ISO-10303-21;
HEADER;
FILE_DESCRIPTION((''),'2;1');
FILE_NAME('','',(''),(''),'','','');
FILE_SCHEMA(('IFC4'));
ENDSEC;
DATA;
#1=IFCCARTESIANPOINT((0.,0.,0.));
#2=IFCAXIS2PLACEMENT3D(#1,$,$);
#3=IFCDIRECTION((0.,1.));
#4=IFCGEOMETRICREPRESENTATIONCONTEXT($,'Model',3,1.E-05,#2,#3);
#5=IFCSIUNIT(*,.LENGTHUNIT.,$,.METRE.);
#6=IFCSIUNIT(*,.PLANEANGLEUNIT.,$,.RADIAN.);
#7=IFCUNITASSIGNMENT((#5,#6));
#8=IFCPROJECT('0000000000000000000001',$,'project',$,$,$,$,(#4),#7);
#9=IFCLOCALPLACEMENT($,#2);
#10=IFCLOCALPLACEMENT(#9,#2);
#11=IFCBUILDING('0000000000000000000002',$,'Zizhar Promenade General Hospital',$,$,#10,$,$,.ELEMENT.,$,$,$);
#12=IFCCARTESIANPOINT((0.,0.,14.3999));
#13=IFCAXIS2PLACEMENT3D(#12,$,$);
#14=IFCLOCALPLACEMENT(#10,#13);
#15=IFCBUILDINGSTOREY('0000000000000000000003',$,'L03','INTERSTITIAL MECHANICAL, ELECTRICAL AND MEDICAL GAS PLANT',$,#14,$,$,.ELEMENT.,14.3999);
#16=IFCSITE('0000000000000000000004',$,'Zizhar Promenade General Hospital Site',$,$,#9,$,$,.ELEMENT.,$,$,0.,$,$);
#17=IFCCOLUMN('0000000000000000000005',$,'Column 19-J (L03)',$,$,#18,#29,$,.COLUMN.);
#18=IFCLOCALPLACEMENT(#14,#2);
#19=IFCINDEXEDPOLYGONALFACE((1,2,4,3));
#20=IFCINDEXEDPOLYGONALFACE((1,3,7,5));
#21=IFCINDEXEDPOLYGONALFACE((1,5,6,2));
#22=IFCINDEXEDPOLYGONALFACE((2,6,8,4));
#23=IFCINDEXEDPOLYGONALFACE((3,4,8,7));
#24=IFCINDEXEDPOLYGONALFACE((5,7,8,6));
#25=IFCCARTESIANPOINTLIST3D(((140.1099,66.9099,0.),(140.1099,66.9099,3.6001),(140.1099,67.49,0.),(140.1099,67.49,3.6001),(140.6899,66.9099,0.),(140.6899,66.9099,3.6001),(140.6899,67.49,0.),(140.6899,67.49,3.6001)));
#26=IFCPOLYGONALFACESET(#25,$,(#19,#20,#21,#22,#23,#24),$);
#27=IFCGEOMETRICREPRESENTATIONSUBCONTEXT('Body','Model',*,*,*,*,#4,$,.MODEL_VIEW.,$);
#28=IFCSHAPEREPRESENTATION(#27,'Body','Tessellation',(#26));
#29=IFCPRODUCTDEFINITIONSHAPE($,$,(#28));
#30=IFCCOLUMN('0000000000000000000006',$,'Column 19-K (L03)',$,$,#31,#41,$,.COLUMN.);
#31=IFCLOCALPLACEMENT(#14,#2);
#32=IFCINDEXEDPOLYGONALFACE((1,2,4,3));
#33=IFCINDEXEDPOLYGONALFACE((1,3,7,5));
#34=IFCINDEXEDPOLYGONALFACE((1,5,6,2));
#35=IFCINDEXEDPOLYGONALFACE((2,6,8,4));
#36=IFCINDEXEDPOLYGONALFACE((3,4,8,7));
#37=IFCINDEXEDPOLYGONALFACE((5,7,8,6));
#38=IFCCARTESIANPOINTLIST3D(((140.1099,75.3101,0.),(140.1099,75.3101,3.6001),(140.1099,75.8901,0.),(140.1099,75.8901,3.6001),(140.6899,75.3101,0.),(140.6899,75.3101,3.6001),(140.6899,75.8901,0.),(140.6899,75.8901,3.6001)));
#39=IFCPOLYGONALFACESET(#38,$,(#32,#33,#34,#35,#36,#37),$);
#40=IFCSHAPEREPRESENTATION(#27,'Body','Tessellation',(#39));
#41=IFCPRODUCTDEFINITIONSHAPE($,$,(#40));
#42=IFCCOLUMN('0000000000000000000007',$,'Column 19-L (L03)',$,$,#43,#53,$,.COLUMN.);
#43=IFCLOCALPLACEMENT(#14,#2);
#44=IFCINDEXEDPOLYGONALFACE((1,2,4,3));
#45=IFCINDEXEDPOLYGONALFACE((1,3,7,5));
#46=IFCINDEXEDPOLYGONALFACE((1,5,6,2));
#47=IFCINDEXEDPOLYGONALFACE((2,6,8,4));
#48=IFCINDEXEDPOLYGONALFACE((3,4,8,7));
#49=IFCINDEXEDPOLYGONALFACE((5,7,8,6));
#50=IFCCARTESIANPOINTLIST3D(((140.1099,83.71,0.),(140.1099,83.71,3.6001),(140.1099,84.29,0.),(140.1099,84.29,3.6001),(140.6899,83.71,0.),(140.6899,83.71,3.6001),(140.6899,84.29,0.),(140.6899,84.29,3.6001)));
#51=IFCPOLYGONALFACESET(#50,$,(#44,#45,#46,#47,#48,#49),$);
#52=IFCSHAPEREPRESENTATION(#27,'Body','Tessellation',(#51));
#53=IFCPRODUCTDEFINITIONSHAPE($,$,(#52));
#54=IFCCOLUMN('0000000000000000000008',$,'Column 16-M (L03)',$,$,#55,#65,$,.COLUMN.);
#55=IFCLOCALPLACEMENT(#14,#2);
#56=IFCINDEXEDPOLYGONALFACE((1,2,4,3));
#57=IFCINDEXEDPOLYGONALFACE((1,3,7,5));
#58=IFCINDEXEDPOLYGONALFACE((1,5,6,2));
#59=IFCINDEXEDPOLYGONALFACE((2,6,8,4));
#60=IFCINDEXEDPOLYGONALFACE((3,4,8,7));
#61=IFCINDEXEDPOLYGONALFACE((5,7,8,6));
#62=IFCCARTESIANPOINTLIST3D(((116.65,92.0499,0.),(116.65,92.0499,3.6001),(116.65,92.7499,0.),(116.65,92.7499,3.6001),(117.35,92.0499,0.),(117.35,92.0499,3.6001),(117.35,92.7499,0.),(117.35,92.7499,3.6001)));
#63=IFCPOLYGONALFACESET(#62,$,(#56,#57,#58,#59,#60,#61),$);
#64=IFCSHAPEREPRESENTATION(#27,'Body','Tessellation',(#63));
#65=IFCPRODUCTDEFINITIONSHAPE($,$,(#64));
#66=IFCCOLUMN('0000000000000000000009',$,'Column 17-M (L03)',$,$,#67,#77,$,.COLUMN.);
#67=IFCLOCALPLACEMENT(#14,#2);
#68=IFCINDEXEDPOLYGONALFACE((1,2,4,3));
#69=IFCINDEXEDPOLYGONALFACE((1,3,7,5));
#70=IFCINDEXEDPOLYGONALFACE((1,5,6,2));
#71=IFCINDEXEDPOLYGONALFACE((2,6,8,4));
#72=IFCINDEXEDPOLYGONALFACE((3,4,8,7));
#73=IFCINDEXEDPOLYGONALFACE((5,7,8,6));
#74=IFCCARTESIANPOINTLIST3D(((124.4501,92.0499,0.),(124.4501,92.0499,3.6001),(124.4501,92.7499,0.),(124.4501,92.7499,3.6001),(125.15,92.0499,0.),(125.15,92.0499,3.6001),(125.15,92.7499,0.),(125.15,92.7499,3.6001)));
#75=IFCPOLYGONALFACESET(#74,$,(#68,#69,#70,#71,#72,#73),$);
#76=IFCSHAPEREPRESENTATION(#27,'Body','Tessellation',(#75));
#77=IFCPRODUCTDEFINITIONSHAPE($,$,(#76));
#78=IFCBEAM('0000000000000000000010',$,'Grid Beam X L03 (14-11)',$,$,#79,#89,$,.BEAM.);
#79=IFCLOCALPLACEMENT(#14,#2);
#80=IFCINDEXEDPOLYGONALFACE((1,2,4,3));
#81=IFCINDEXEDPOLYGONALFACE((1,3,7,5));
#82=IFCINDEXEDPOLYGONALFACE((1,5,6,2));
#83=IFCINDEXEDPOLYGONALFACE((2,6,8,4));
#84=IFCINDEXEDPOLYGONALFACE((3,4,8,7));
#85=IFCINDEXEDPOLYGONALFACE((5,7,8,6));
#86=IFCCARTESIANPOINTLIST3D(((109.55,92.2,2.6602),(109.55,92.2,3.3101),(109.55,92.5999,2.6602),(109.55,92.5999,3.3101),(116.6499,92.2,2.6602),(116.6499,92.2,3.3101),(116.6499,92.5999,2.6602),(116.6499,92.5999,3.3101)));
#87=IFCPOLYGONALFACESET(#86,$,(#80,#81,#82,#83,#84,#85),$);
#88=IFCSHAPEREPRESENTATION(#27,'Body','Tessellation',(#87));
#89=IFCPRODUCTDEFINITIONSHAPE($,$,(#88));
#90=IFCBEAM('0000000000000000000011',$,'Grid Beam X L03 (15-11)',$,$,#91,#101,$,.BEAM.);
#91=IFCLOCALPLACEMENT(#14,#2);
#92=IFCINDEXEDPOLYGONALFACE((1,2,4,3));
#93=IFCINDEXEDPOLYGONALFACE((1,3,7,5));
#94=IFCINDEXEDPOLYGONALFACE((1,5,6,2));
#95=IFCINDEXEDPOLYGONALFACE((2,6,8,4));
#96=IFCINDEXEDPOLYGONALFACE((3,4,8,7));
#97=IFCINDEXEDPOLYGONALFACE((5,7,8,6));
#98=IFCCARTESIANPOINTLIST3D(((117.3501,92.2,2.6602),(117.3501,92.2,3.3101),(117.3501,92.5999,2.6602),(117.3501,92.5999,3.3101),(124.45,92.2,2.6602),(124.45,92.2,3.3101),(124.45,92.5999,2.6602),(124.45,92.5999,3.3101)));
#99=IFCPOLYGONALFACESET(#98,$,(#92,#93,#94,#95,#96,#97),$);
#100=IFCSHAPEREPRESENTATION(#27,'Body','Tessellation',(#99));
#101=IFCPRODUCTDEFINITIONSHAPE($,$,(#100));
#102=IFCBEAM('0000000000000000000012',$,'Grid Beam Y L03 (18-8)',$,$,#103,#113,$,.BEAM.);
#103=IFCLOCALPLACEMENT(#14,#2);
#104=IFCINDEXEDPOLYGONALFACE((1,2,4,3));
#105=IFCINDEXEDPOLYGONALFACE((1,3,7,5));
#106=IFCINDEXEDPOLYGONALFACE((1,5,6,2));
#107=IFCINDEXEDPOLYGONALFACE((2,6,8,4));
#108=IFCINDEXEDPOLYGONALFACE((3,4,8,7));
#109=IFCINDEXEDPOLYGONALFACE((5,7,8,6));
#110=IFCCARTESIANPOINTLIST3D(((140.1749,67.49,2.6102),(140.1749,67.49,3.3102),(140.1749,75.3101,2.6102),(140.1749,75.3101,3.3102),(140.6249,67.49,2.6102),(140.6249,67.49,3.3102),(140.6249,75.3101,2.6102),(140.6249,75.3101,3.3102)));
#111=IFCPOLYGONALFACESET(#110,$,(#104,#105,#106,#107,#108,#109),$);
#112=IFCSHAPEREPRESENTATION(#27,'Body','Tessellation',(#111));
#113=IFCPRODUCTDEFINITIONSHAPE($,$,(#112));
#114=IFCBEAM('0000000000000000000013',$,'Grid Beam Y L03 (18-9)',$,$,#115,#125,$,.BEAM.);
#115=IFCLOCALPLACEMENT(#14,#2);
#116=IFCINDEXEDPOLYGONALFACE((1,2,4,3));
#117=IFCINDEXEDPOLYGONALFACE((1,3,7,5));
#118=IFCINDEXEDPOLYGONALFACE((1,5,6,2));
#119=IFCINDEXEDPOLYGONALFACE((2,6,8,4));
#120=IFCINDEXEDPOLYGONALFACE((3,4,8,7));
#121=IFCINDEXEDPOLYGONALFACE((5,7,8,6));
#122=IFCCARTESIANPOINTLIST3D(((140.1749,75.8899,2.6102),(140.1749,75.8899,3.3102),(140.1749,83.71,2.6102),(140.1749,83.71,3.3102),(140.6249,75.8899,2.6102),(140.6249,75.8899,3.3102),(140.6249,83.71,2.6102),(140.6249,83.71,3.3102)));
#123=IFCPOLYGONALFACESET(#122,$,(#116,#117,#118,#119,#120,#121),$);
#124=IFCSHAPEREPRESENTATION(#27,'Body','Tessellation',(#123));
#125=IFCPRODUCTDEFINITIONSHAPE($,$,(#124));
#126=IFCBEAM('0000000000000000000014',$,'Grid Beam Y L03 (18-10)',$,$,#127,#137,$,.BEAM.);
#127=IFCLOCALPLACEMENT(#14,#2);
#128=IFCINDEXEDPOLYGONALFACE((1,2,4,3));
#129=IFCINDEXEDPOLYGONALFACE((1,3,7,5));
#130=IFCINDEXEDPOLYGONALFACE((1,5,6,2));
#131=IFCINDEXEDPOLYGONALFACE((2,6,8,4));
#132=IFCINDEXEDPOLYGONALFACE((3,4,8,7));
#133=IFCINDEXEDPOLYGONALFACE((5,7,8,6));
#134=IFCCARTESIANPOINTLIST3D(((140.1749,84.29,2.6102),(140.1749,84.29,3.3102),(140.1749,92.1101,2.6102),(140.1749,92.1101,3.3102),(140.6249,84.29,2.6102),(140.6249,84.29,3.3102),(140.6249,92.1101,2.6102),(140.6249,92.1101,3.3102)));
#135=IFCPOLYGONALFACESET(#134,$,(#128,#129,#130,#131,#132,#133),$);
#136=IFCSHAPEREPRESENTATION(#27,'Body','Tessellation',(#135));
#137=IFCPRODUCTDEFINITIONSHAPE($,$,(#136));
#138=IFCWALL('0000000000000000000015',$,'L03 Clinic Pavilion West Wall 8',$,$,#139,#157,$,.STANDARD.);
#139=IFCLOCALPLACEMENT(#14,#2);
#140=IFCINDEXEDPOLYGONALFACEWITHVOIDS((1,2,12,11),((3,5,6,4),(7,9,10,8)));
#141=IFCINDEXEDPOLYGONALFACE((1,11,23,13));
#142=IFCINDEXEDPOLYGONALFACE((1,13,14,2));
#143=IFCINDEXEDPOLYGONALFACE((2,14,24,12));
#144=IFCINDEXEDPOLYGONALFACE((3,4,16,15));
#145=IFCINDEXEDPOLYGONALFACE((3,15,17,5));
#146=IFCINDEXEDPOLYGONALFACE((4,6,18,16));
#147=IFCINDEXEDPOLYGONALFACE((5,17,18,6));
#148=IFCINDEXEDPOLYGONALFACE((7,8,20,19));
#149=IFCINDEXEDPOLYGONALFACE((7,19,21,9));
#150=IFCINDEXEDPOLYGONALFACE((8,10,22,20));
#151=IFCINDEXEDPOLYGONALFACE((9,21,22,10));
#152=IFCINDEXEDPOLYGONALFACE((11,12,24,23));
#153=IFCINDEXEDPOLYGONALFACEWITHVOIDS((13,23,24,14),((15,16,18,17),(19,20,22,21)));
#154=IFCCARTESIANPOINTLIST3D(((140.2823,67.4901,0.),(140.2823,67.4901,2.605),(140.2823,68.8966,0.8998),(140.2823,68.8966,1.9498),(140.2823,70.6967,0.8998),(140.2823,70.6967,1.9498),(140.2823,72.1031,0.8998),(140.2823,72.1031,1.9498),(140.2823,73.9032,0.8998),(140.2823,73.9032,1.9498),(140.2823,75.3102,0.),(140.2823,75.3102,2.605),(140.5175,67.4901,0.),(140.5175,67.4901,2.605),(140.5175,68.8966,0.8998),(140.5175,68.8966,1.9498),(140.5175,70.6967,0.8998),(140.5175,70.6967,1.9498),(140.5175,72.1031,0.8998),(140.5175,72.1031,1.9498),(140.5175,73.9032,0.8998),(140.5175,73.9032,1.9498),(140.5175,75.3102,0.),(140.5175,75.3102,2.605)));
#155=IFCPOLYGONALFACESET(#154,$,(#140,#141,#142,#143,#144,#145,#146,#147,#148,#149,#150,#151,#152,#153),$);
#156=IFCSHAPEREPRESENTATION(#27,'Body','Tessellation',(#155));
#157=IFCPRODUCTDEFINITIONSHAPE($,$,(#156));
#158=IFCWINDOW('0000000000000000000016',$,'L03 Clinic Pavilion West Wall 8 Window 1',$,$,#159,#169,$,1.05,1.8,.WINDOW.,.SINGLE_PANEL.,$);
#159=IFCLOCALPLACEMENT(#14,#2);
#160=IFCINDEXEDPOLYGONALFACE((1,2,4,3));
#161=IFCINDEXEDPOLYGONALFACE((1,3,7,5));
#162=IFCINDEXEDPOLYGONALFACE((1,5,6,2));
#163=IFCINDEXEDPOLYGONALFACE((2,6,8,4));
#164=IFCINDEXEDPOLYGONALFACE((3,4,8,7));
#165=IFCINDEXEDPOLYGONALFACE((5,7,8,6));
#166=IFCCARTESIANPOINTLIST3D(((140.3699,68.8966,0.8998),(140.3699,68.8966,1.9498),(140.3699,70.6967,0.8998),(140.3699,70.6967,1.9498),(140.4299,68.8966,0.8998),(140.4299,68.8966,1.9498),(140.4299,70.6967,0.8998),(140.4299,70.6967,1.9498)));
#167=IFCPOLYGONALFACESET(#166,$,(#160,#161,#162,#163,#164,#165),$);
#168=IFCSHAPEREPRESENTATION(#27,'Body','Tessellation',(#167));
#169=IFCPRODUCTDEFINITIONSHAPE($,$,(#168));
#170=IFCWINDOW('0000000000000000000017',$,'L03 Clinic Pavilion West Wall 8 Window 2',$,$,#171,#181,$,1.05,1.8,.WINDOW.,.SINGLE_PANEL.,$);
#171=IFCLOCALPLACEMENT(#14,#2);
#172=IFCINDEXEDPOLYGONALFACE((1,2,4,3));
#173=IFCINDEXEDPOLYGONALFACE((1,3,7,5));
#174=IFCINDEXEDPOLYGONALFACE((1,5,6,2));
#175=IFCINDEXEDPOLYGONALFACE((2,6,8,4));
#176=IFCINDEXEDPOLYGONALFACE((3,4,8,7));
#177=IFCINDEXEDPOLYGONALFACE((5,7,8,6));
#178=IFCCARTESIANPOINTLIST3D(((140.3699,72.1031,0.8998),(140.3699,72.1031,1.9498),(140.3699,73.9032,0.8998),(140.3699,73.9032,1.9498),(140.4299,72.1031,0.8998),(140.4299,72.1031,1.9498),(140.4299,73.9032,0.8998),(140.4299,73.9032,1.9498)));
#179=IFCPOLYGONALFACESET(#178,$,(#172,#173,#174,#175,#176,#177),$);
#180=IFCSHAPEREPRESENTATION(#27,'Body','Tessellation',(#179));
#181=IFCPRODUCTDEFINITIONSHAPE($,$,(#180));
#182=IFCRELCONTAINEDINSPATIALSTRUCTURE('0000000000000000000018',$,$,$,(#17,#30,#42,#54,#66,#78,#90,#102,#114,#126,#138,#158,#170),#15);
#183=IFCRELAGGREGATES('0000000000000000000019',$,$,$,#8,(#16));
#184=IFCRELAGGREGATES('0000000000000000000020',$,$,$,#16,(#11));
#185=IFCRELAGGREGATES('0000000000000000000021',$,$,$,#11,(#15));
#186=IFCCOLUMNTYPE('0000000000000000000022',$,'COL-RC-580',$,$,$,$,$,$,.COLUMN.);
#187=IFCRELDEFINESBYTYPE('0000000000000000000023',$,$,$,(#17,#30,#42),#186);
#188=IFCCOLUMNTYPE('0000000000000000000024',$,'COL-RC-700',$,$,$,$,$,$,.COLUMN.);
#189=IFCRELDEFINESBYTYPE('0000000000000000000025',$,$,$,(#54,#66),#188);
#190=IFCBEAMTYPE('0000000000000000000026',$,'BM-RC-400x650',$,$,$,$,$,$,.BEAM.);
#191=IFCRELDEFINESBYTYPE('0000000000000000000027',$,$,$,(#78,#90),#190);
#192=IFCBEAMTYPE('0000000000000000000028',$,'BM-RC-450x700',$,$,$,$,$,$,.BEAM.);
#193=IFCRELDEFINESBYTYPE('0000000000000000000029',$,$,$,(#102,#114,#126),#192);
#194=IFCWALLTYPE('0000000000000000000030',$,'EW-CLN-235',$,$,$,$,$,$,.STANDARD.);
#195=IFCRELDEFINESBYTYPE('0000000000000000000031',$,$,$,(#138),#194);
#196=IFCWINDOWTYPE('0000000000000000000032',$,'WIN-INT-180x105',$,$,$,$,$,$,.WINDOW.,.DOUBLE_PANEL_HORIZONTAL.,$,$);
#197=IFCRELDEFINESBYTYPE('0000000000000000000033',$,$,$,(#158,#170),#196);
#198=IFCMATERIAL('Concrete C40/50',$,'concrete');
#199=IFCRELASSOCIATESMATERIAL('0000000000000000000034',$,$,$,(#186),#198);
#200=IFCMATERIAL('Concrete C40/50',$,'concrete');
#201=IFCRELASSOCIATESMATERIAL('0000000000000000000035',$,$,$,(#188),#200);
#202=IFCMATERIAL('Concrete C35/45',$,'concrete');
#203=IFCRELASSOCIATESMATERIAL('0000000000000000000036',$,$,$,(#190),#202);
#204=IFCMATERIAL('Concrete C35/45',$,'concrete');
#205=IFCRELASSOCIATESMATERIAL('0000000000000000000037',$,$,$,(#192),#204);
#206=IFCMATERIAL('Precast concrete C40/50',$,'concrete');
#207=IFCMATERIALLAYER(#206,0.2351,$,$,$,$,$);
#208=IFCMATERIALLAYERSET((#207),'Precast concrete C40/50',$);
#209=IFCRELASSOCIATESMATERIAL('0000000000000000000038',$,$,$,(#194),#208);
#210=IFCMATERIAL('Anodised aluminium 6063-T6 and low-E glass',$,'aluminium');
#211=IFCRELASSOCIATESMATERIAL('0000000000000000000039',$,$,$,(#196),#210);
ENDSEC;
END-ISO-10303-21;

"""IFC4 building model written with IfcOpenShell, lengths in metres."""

from ifc_helpers import new_model, si_unit, direction, frame, frame_2d, origin, origin_2d, place, context, subcontext, project, spatial, rectangle, extrude, material, layer, layer_set, material_profile, profile_set, type_object, element, fill, save


model = new_model("IFC4")

# Units and contexts
model_context = context("Model", 3, precision=1e-05, world=origin(), true_north=direction((0.0, 1.0)))
body_context = subcontext(model_context, "Body", "Model", "MODEL_VIEW")
ifc_project = project(units=[si_unit("LENGTHUNIT", "METRE"), si_unit("PLANEANGLEUNIT", "RADIAN")], contexts=[model_context])

# Site, building, storey
site_placement = place(None, origin())
site = spatial("IfcSite", under=ifc_project, at=site_placement, Name="Zizhar Promenade General Hospital Site", CompositionType="ELEMENT", RefElevation=0.0)
building_placement = place(site_placement, origin())
building = spatial("IfcBuilding", under=site, at=building_placement, Name="Zizhar Promenade General Hospital", CompositionType="ELEMENT")
storey_placement = place(building_placement, frame((0.0, 0.0, 14.3999)))
storey = spatial("IfcBuildingStorey", under=building, at=storey_placement, Name="L03", Description="INTERSTITIAL MECHANICAL, ELECTRICAL AND MEDICAL GAS PLANT", CompositionType="ELEMENT", Elevation=14.3999)

# Columns
ifc_material_1 = material(Name="Concrete C40/50", Category="concrete")
ifc_material_profile_1 = material_profile(ifc_material_1, rectangle(XDim=0.5801, YDim=0.5801, at=origin_2d()))
ifc_profile_set_1 = profile_set([ifc_material_profile_1], Name="Concrete C40/50")
column_type_1 = type_object("IfcColumnType", Name="COL-RC-580", PredefinedType="COLUMN", material=ifc_profile_set_1)
for number, where, z_axis, x_axis, name in (
    (1, (140.3999, 67.2, 0.0), (0.0, 0.0, 1.0), (1.0, 0.0, 0.0), "Column 19-J (L03)"),
    (2, (140.3999, 75.6001, 0.0), (0.0, 0.0, 1.0), (1.0, 0.0, 0.0), "Column 19-K (L03)"),
    (3, (140.3999, 84.0, 0.0), (0.0, 0.0, 1.0), (1.0, 0.0, 0.0), "Column 19-L (L03)"),
):
    element("IfcColumn", number, at=place(storey_placement, frame(where, z_axis=z_axis, x_axis=x_axis)), inside=storey, type_object=column_type_1, Name=name, PredefinedType="COLUMN", context=body_context, shape_type="SweptSolid", body=[
        extrude(rectangle(XDim=0.5801, YDim=0.5801, at=origin_2d()), origin(), (0.0, 0.0, 1.0), 3.6001),
    ])
ifc_material_2 = material(Name="Concrete C40/50", Category="concrete")
ifc_material_profile_2 = material_profile(ifc_material_2, rectangle(XDim=0.7, YDim=0.7, at=origin_2d()))
ifc_profile_set_2 = profile_set([ifc_material_profile_2], Name="Concrete C40/50")
column_type_2 = type_object("IfcColumnType", Name="COL-RC-700", PredefinedType="COLUMN", material=ifc_profile_set_2)
for number, where, z_axis, x_axis, name in (
    (4, (117.0, 92.3999, 0.0), (0.0, 0.0, 1.0), (1.0, 0.0, 0.0), "Column 16-M (L03)"),
    (5, (124.8, 92.3999, 0.0), (0.0, 0.0, 1.0), (1.0, 0.0, 0.0), "Column 17-M (L03)"),
):
    element("IfcColumn", number, at=place(storey_placement, frame(where, z_axis=z_axis, x_axis=x_axis)), inside=storey, type_object=column_type_2, Name=name, PredefinedType="COLUMN", context=body_context, shape_type="SweptSolid", body=[
        extrude(rectangle(XDim=0.7, YDim=0.7, at=origin_2d()), origin(), (0.0, 0.0, 1.0), 3.6001),
    ])

# Beams
ifc_material_3 = material(Name="Concrete C35/45", Category="concrete")
ifc_material_profile_3 = material_profile(ifc_material_3, rectangle(XDim=0.3999, YDim=0.6499, at=origin_2d()))
ifc_profile_set_3 = profile_set([ifc_material_profile_3], Name="Concrete C35/45")
beam_type_1 = type_object("IfcBeamType", Name="BM-RC-400x650", PredefinedType="BEAM", material=ifc_profile_set_3)
for number, where, z_axis, x_axis, name in (
    (6, (109.55, 92.3999, 2.9851), (1.0, 0.0, 0.0), (0.0, 1.0, 0.0), "Grid Beam X L03 (14-11)"),
    (7, (117.3501, 92.3999, 2.9851), (1.0, 0.0, 0.0), (0.0, 1.0, 0.0), "Grid Beam X L03 (15-11)"),
):
    element("IfcBeam", number, at=place(storey_placement, frame(where, z_axis=z_axis, x_axis=x_axis)), inside=storey, type_object=beam_type_1, Name=name, PredefinedType="BEAM", context=body_context, shape_type="SweptSolid", body=[
        extrude(rectangle(XDim=0.3999, YDim=0.6499, at=origin_2d()), origin(), (0.0, 0.0, 1.0), 7.0999),
    ])
ifc_material_4 = material(Name="Concrete C35/45", Category="concrete")
ifc_material_profile_4 = material_profile(ifc_material_4, rectangle(XDim=0.45, YDim=0.7, at=origin_2d()))
ifc_profile_set_4 = profile_set([ifc_material_profile_4], Name="Concrete C35/45")
beam_type_2 = type_object("IfcBeamType", Name="BM-RC-450x700", PredefinedType="BEAM", material=ifc_profile_set_4)
for number, where, z_axis, x_axis, name in (
    (8, (140.3999, 67.49, 2.9602), (0.0, 1.0, 0.0), (-1.0, 0.0, 0.0), "Grid Beam Y L03 (18-8)"),
    (9, (140.3999, 75.8899, 2.9602), (0.0, 1.0, 0.0), (-1.0, 0.0, 0.0), "Grid Beam Y L03 (18-9)"),
    (10, (140.3999, 84.29, 2.9602), (0.0, 1.0, 0.0), (-1.0, 0.0, 0.0), "Grid Beam Y L03 (18-10)"),
):
    element("IfcBeam", number, at=place(storey_placement, frame(where, z_axis=z_axis, x_axis=x_axis)), inside=storey, type_object=beam_type_2, Name=name, PredefinedType="BEAM", context=body_context, shape_type="SweptSolid", body=[
        extrude(rectangle(XDim=0.45, YDim=0.7, at=origin_2d()), origin(), (0.0, 0.0, 1.0), 7.8201),
    ])

# Wall, openings, windows
ifc_material_5 = material(Name="Precast concrete C40/50", Category="concrete")
ifc_layer_1 = layer(ifc_material_5, 0.2351)
ifc_layer_set_1 = layer_set([ifc_layer_1], Name="Precast concrete C40/50")
wall_type_1 = type_object("IfcWallType", Name="EW-CLN-235", PredefinedType="STANDARD", material=ifc_layer_set_1)
wall_1_placement = place(storey_placement, frame((140.3999, 67.49, 0.0), z_axis=(0.0, 0.0, 1.0), x_axis=(0.0, 1.0, 0.0)))
wall_1 = element("IfcWall", 11, at=wall_1_placement, inside=storey, type_object=wall_type_1, Name="L03 Clinic Pavilion West Wall 8", PredefinedType="STANDARD", context=body_context, shape_type="SweptSolid", body=[
    extrude(rectangle(XDim=7.8201, YDim=0.2351, at=frame_2d((3.9102, 0.0))), origin(), (0.0, 0.0, 1.0), 2.605),
])
opening_1_placement = place(wall_1_placement, frame((1.4067, 0.0, 0.8999)))
opening_1 = element("IfcOpeningElement", 12, at=opening_1_placement, cuts=wall_1, PredefinedType="OPENING", context=body_context, shape_type="SweptSolid", body=[
    extrude(rectangle(XDim=1.8, YDim=1.05, at=frame_2d((0.8999, 0.5249))), frame((0.0, 0.1274, 0.0), z_axis=(0.0, -1.0, 0.0), x_axis=(1.0, 0.0, 0.0)), (0.0, 0.0, 1.0), 0.2551),
])
opening_2_placement = place(wall_1_placement, frame((4.6133, 0.0, 0.8999)))
opening_2 = element("IfcOpeningElement", 13, at=opening_2_placement, cuts=wall_1, PredefinedType="OPENING", context=body_context, shape_type="SweptSolid", body=[
    extrude(rectangle(XDim=1.8, YDim=1.05, at=frame_2d((0.8999, 0.5249))), frame((0.0, 0.1274, 0.0), z_axis=(0.0, -1.0, 0.0), x_axis=(1.0, 0.0, 0.0)), (0.0, 0.0, 1.0), 0.2551),
])
ifc_material_6 = material(Name="Anodised aluminium 6063-T6 and low-E glass", Category="aluminium")
window_type_1 = type_object("IfcWindowType", Name="WIN-INT-180x105", PartitioningType="DOUBLE_PANEL_HORIZONTAL", PredefinedType="WINDOW", material=ifc_material_6)
window_1_placement = place(opening_1_placement, origin())
window_1 = element("IfcWindow", 14, at=window_1_placement, inside=storey, type_object=window_type_1, Name="L03 Clinic Pavilion West Wall 8 Window 1", OverallHeight=1.05, OverallWidth=1.8, PartitioningType="SINGLE_PANEL", PredefinedType="WINDOW", context=body_context, shape_type="SweptSolid", body=[
    extrude(rectangle(XDim=1.8, YDim=1.05, at=frame_2d((0.8999, 0.5249))), frame((0.0, 0.03, 0.0), z_axis=(0.0, -1.0, 0.0), x_axis=(1.0, 0.0, 0.0)), (0.0, 0.0, 1.0), 0.0601),
])
fill(opening_1, window_1)
window_2_placement = place(opening_2_placement, origin())
window_2 = element("IfcWindow", 15, at=window_2_placement, inside=storey, type_object=window_type_1, Name="L03 Clinic Pavilion West Wall 8 Window 2", OverallHeight=1.05, OverallWidth=1.8, PartitioningType="SINGLE_PANEL", PredefinedType="WINDOW", context=body_context, shape_type="SweptSolid", body=[
    extrude(rectangle(XDim=1.8, YDim=1.05, at=frame_2d((0.8999, 0.5249))), frame((0.0, 0.03, 0.0), z_axis=(0.0, -1.0, 0.0), x_axis=(1.0, 0.0, 0.0)), (0.0, 0.0, 1.0), 0.0601),
])
fill(opening_2, window_2)

save(model, "model.ifc")
